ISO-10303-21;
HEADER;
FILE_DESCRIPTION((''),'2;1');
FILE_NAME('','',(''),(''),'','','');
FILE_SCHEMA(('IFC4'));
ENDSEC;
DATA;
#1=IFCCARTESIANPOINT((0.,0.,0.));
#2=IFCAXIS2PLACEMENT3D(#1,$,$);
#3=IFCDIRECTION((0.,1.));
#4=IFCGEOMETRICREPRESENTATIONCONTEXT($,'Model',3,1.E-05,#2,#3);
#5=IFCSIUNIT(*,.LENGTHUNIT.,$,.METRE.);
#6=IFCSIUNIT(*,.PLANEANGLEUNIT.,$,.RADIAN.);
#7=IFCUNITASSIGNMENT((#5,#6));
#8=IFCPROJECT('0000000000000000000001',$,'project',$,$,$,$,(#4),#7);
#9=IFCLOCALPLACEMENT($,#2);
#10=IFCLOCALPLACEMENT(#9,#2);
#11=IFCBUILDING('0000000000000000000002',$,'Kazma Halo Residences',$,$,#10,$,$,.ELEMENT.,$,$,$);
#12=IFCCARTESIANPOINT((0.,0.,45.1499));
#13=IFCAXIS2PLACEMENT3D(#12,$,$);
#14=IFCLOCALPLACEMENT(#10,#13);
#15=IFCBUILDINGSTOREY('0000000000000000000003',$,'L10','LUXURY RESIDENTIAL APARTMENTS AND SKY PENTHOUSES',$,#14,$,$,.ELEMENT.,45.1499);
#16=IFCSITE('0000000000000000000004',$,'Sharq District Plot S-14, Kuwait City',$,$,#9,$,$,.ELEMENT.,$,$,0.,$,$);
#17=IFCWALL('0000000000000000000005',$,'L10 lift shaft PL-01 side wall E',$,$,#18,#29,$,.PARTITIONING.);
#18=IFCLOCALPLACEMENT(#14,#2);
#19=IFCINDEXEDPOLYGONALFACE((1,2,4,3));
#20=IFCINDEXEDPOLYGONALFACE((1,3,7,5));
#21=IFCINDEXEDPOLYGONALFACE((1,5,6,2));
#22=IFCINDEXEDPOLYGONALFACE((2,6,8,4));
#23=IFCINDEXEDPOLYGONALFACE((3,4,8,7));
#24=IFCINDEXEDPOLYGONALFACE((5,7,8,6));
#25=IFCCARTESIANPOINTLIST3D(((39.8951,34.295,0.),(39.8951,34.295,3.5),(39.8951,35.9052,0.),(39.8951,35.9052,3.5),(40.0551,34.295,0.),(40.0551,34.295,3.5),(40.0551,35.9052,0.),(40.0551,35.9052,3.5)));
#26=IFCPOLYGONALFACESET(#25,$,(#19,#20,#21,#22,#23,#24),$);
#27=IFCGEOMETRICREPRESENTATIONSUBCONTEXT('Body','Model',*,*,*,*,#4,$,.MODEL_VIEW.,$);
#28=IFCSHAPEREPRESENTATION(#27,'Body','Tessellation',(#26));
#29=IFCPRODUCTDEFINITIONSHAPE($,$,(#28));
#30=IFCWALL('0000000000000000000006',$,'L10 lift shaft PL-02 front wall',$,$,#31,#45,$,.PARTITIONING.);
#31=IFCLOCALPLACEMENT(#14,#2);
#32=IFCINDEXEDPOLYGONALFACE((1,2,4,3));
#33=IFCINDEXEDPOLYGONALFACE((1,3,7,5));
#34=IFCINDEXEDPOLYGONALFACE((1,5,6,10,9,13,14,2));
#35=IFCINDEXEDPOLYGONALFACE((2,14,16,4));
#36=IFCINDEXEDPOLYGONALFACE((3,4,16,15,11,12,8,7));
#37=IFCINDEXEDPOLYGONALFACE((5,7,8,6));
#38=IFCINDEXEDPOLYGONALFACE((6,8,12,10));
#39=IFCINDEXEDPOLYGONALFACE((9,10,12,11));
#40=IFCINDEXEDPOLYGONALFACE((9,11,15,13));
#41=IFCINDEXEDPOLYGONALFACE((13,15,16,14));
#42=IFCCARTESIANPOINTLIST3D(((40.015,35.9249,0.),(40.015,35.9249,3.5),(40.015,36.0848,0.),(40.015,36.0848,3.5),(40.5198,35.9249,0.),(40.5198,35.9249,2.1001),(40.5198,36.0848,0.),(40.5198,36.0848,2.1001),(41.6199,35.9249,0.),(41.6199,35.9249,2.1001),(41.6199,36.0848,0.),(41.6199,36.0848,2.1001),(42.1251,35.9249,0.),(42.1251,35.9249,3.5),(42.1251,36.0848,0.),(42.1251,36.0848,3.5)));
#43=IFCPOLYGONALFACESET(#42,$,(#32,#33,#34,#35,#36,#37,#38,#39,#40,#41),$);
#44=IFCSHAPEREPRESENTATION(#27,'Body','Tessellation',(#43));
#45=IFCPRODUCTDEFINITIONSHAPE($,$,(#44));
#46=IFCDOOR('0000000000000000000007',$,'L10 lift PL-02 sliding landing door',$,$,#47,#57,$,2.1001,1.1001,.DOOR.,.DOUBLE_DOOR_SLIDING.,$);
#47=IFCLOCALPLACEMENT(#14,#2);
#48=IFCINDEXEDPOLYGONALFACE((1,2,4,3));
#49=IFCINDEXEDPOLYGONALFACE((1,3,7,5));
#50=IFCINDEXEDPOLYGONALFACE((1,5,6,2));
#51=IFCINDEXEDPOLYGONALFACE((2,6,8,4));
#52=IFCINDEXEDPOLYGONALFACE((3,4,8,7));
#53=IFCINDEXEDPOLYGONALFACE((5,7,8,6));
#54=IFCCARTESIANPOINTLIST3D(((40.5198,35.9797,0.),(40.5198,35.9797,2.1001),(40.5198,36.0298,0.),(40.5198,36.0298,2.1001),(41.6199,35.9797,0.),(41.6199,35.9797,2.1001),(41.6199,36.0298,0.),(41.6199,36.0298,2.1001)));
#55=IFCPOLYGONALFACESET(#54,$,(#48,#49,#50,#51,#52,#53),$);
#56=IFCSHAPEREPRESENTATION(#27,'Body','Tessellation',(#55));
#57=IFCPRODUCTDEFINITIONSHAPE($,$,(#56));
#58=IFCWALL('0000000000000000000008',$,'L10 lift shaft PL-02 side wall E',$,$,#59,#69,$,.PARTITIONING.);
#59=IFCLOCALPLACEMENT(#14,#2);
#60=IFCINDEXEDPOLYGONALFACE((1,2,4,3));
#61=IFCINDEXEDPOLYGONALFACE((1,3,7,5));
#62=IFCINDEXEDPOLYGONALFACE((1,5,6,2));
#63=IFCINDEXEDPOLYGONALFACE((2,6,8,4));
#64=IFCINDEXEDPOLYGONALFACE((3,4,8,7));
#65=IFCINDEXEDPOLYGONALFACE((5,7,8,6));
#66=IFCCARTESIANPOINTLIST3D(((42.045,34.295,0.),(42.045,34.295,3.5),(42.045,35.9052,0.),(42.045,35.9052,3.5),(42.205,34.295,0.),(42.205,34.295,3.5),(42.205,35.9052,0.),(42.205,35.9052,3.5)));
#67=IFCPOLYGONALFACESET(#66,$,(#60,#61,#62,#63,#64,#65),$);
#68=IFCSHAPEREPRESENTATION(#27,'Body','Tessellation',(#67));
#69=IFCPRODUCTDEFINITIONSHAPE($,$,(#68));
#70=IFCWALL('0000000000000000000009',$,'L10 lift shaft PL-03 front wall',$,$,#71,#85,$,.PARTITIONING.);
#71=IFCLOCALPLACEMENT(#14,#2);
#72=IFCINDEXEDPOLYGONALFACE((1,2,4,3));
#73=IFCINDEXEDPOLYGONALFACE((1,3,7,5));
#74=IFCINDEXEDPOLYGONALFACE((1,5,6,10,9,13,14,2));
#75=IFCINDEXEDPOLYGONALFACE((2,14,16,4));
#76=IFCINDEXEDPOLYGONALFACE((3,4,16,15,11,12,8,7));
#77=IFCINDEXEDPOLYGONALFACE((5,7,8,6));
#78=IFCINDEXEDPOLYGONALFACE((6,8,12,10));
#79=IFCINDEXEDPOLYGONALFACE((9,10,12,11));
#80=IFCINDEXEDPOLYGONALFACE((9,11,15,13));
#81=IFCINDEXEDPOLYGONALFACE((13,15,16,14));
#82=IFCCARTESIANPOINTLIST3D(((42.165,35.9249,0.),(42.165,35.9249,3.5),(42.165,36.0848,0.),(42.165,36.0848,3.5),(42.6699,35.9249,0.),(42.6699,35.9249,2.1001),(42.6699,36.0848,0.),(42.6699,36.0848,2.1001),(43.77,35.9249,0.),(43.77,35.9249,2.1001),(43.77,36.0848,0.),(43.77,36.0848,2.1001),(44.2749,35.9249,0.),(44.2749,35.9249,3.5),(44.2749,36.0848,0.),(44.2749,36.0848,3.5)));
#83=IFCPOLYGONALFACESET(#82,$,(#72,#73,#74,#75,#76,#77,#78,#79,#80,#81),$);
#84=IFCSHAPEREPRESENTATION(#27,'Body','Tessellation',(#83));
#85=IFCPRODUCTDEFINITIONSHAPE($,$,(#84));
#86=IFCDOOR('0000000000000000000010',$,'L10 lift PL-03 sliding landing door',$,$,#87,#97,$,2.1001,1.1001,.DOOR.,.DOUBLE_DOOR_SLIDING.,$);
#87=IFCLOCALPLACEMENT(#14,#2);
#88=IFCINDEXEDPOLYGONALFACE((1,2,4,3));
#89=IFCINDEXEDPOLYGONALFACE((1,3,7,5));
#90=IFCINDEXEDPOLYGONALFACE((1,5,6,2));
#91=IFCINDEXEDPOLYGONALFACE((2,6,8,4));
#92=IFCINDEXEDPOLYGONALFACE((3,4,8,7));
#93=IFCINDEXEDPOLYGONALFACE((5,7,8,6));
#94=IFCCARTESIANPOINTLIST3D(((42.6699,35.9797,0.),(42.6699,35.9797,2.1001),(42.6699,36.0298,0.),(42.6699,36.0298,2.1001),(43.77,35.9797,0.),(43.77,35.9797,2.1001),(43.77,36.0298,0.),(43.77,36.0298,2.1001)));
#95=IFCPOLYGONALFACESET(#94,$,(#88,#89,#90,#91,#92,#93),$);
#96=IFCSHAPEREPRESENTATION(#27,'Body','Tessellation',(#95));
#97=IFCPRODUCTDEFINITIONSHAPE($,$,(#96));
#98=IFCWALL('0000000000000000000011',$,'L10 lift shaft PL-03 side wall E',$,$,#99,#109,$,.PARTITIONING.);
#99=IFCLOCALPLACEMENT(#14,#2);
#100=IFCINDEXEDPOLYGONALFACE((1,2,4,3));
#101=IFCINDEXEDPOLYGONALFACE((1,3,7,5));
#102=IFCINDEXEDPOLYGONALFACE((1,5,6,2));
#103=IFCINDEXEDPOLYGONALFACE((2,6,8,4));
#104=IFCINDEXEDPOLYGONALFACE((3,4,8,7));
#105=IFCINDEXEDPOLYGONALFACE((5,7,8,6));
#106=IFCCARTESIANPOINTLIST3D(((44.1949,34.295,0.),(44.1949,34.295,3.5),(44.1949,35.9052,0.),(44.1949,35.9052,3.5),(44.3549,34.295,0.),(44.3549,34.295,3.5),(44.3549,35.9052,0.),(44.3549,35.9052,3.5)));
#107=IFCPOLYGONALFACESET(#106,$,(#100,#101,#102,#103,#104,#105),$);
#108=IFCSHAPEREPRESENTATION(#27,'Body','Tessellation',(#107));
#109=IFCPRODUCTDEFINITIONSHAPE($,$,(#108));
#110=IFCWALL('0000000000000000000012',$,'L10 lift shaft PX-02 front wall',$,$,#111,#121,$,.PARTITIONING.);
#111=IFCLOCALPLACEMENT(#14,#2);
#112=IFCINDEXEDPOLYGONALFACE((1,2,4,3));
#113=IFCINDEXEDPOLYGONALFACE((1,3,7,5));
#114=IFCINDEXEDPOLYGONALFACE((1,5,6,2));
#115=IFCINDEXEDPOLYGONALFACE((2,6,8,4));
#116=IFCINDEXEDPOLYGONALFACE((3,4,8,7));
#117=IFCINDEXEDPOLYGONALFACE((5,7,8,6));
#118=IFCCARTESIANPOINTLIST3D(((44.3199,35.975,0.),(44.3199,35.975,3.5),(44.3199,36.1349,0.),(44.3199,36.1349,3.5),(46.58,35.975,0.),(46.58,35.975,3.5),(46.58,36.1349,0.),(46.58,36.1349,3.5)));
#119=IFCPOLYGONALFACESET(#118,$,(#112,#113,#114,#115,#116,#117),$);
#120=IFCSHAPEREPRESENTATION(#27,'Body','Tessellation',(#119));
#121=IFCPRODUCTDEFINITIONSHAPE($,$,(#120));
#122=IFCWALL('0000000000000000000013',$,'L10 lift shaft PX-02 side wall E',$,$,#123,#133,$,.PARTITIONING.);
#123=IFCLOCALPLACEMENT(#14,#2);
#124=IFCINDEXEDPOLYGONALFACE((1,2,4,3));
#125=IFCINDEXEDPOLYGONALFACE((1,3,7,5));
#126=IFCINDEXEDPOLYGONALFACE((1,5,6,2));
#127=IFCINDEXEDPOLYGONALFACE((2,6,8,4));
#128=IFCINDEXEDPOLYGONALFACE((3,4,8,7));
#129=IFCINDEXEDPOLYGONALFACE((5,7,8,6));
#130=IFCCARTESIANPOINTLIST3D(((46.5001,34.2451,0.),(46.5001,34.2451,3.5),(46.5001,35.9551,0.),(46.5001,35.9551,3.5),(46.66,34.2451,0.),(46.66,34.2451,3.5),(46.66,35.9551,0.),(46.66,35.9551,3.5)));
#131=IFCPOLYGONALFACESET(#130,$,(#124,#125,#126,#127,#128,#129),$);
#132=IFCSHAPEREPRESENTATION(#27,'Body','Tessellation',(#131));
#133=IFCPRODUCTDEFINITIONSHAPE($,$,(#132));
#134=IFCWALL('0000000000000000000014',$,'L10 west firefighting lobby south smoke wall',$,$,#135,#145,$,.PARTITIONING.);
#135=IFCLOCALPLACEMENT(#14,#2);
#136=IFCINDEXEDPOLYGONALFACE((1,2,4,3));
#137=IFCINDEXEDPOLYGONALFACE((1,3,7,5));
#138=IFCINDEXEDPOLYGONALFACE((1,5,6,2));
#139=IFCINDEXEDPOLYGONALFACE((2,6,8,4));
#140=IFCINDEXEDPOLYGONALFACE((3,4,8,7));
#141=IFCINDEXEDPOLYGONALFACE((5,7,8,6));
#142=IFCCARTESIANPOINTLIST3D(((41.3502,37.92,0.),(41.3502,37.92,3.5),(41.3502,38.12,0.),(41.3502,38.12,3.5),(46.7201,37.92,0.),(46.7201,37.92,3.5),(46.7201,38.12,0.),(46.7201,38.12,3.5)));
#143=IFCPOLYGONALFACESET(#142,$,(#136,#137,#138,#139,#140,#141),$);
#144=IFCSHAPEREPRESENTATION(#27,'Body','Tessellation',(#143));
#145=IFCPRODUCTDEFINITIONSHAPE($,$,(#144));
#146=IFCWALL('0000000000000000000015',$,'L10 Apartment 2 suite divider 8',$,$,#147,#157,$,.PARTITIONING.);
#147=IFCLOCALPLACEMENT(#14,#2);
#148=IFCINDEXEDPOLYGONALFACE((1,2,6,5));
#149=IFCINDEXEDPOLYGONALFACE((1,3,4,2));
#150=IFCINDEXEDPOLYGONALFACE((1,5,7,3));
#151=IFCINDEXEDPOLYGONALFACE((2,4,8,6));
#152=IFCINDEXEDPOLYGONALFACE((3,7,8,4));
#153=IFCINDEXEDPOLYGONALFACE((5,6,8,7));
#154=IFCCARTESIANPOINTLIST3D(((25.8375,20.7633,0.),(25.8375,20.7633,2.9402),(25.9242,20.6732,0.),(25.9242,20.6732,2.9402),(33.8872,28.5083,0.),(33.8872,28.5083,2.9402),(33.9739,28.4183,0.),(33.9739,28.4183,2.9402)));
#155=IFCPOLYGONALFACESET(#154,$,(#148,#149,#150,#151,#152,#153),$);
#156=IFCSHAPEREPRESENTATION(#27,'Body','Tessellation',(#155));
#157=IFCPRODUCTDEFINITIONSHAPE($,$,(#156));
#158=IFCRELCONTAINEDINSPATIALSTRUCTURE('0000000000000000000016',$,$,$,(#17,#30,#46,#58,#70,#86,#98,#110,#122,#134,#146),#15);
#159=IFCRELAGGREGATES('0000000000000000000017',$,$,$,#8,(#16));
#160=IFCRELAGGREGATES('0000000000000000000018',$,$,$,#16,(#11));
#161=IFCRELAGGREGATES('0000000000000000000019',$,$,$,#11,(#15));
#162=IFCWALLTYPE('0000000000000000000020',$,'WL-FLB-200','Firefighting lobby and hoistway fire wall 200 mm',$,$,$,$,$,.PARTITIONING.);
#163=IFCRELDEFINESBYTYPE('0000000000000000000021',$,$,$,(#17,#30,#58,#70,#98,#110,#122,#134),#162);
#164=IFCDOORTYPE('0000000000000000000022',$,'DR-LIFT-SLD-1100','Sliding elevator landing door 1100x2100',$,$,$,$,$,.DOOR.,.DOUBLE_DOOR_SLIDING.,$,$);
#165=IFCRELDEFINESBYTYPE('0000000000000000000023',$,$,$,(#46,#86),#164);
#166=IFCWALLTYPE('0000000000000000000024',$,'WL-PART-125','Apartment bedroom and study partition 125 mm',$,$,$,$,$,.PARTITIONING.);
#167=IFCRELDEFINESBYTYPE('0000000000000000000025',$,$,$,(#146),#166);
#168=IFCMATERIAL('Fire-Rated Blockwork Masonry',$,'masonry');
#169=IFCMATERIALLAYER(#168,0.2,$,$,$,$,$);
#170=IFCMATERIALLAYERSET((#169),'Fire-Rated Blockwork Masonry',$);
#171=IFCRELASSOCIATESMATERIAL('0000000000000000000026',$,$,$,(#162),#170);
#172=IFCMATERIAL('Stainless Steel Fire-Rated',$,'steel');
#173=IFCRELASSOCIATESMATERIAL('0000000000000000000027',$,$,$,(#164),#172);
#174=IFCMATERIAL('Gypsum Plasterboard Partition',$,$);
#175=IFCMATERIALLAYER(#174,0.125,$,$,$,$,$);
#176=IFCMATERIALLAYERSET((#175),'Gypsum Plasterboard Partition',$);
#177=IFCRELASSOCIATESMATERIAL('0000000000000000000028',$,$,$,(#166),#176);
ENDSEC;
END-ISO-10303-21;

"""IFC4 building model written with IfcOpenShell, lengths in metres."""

from ifc_helpers import new_model, si_unit, direction, frame, frame_2d, origin, place, context, subcontext, project, spatial, rectangle, extrude, material, layer, layer_set, type_object, element, fill, save


model = new_model("IFC4")

# Units and contexts
model_context = context("Model", 3, precision=1e-05, world=origin(), true_north=direction((0.0, 1.0)))
body_context = subcontext(model_context, "Body", "Model", "MODEL_VIEW")
ifc_project = project(units=[si_unit("LENGTHUNIT", "METRE"), si_unit("PLANEANGLEUNIT", "RADIAN")], contexts=[model_context])

# Site, building, storey
site_placement = place(None, origin())
site = spatial("IfcSite", under=ifc_project, at=site_placement, Name="Sharq District Plot S-14, Kuwait City", CompositionType="ELEMENT", RefElevation=0.0)
building_placement = place(site_placement, origin())
building = spatial("IfcBuilding", under=site, at=building_placement, Name="Kazma Halo Residences", CompositionType="ELEMENT")
storey_placement = place(building_placement, frame((0.0, 0.0, 45.1499)))
storey = spatial("IfcBuildingStorey", under=building, at=storey_placement, Name="L10", Description="LUXURY RESIDENTIAL APARTMENTS AND SKY PENTHOUSES", CompositionType="ELEMENT", Elevation=45.1499)

# Shared definitions
ifc_material_1 = material(Name="Fire-Rated Blockwork Masonry", Category="masonry")
ifc_layer_1 = layer(ifc_material_1, 0.2)
ifc_layer_set_1 = layer_set([ifc_layer_1], Name="Fire-Rated Blockwork Masonry")
wall_type_1 = type_object("IfcWallType", Name="WL-FLB-200", Description="Firefighting lobby and hoistway fire wall 200 mm", PredefinedType="PARTITIONING", material=ifc_layer_set_1)
ifc_material_2 = material(Name="Stainless Steel Fire-Rated", Category="steel")
door_type_1 = type_object("IfcDoorType", Name="DR-LIFT-SLD-1100", Description="Sliding elevator landing door 1100x2100", OperationType="DOUBLE_DOOR_SLIDING", PredefinedType="DOOR", material=ifc_material_2)

# Wall
wall_1_placement = place(storey_placement, frame((39.9751, 34.2949, 0.0), z_axis=(0.0, 0.0, 1.0), x_axis=(0.0, 1.0, 0.0)))
element("IfcWall", 1, at=wall_1_placement, inside=storey, type_object=wall_type_1, Name="L10 lift shaft PL-01 side wall E", PredefinedType="PARTITIONING", context=body_context, shape_type="SweptSolid", body=[
    extrude(rectangle(XDim=1.6101, YDim=0.1599, at=frame_2d((0.8052, 0.0))), origin(), (0.0, 0.0, 1.0), 3.5),
])

# Wall, opening, door
wall_2_placement = place(storey_placement, frame((40.0149, 36.0049, 0.0), z_axis=(0.0, 0.0, 1.0), x_axis=(1.0, 0.0, 0.0)))
wall_2 = element("IfcWall", 2, at=wall_2_placement, inside=storey, type_object=wall_type_1, Name="L10 lift shaft PL-02 front wall", PredefinedType="PARTITIONING", context=body_context, shape_type="SweptSolid", body=[
    extrude(rectangle(XDim=2.1101, YDim=0.1599, at=frame_2d((1.0552, 0.0))), origin(), (0.0, 0.0, 1.0), 3.5),
])
opening_1_placement = place(wall_2_placement, frame((0.5049, 0.0, 0.0)))
opening_1 = element("IfcOpeningElement", 3, at=opening_1_placement, cuts=wall_2, PredefinedType="OPENING", context=body_context, shape_type="SweptSolid", body=[
    extrude(rectangle(XDim=1.1001, YDim=2.1001, at=frame_2d((0.55, 1.05))), frame((0.0, 0.0898, 0.0), z_axis=(0.0, -1.0, 0.0), x_axis=(1.0, 0.0, 0.0)), (0.0, 0.0, 1.0), 0.1799),
])
door_1_placement = place(opening_1_placement, origin())
door_1 = element("IfcDoor", 4, at=door_1_placement, inside=storey, type_object=door_type_1, Name="L10 lift PL-02 sliding landing door", OperationType="DOUBLE_DOOR_SLIDING", OverallHeight=2.1001, OverallWidth=1.1001, PredefinedType="DOOR", context=body_context, shape_type="SweptSolid", body=[
    extrude(rectangle(XDim=1.1001, YDim=2.1001, at=frame_2d((0.55, 1.05))), frame((0.0, 0.0249, 0.0), z_axis=(0.0, -1.0, 0.0), x_axis=(1.0, 0.0, 0.0)), (0.0, 0.0, 1.0), 0.05),
])
fill(opening_1, door_1)

# Wall
wall_3_placement = place(storey_placement, frame((42.125, 34.2949, 0.0), z_axis=(0.0, 0.0, 1.0), x_axis=(0.0, 1.0, 0.0)))
element("IfcWall", 5, at=wall_3_placement, inside=storey, type_object=wall_type_1, Name="L10 lift shaft PL-02 side wall E", PredefinedType="PARTITIONING", context=body_context, shape_type="SweptSolid", body=[
    extrude(rectangle(XDim=1.6101, YDim=0.1599, at=frame_2d((0.8052, 0.0))), origin(), (0.0, 0.0, 1.0), 3.5),
])

# Wall, opening, door
wall_4_placement = place(storey_placement, frame((42.165, 36.0049, 0.0), z_axis=(0.0, 0.0, 1.0), x_axis=(1.0, 0.0, 0.0)))
wall_4 = element("IfcWall", 6, at=wall_4_placement, inside=storey, type_object=wall_type_1, Name="L10 lift shaft PL-03 front wall", PredefinedType="PARTITIONING", context=body_context, shape_type="SweptSolid", body=[
    extrude(rectangle(XDim=2.1099, YDim=0.1599, at=frame_2d((1.0549, 0.0))), origin(), (0.0, 0.0, 1.0), 3.5),
])
opening_2_placement = place(wall_4_placement, frame((0.5049, 0.0, 0.0)))
opening_2 = element("IfcOpeningElement", 7, at=opening_2_placement, cuts=wall_4, PredefinedType="OPENING", context=body_context, shape_type="SweptSolid", body=[
    extrude(rectangle(XDim=1.1001, YDim=2.1001, at=frame_2d((0.55, 1.05))), frame((0.0, 0.0898, 0.0), z_axis=(0.0, -1.0, 0.0), x_axis=(1.0, 0.0, 0.0)), (0.0, 0.0, 1.0), 0.1799),
])
door_2_placement = place(opening_2_placement, origin())
door_2 = element("IfcDoor", 8, at=door_2_placement, inside=storey, type_object=door_type_1, Name="L10 lift PL-03 sliding landing door", OperationType="DOUBLE_DOOR_SLIDING", OverallHeight=2.1001, OverallWidth=1.1001, PredefinedType="DOOR", context=body_context, shape_type="SweptSolid", body=[
    extrude(rectangle(XDim=1.1001, YDim=2.1001, at=frame_2d((0.55, 1.05))), frame((0.0, 0.0249, 0.0), z_axis=(0.0, -1.0, 0.0), x_axis=(1.0, 0.0, 0.0)), (0.0, 0.0, 1.0), 0.05),
])
fill(opening_2, door_2)

# Walls
wall_5_placement = place(storey_placement, frame((44.2749, 34.2949, 0.0), z_axis=(0.0, 0.0, 1.0), x_axis=(0.0, 1.0, 0.0)))
element("IfcWall", 9, at=wall_5_placement, inside=storey, type_object=wall_type_1, Name="L10 lift shaft PL-03 side wall E", PredefinedType="PARTITIONING", context=body_context, shape_type="SweptSolid", body=[
    extrude(rectangle(XDim=1.6101, YDim=0.1599, at=frame_2d((0.8052, 0.0))), origin(), (0.0, 0.0, 1.0), 3.5),
])
wall_6_placement = place(storey_placement, frame((44.3201, 36.0549, 0.0), z_axis=(0.0, 0.0, 1.0), x_axis=(1.0, 0.0, 0.0)))
element("IfcWall", 10, at=wall_6_placement, inside=storey, type_object=wall_type_1, Name="L10 lift shaft PX-02 front wall", PredefinedType="PARTITIONING", context=body_context, shape_type="SweptSolid", body=[
    extrude(rectangle(XDim=2.26, YDim=0.1599, at=frame_2d((1.1299, 0.0))), origin(), (0.0, 0.0, 1.0), 3.5),
])
wall_7_placement = place(storey_placement, frame((46.5801, 34.2451, 0.0), z_axis=(0.0, 0.0, 1.0), x_axis=(0.0, 1.0, 0.0)))
element("IfcWall", 11, at=wall_7_placement, inside=storey, type_object=wall_type_1, Name="L10 lift shaft PX-02 side wall E", PredefinedType="PARTITIONING", context=body_context, shape_type="SweptSolid", body=[
    extrude(rectangle(XDim=1.71, YDim=0.1599, at=frame_2d((0.855, 0.0))), origin(), (0.0, 0.0, 1.0), 3.5),
])
wall_8_placement = place(storey_placement, frame((41.3501, 38.02, 0.0), z_axis=(0.0, 0.0, 1.0), x_axis=(1.0, 0.0, 0.0)))
element("IfcWall", 12, at=wall_8_placement, inside=storey, type_object=wall_type_1, Name="L10 west firefighting lobby south smoke wall", PredefinedType="PARTITIONING", context=body_context, shape_type="SweptSolid", body=[
    extrude(rectangle(XDim=5.3699, YDim=0.2, at=frame_2d((2.6851, 0.0))), origin(), (0.0, 0.0, 1.0), 3.5),
])
ifc_material_3 = material(Name="Gypsum Plasterboard Partition")
ifc_layer_2 = layer(ifc_material_3, 0.125)
ifc_layer_set_2 = layer_set([ifc_layer_2], Name="Gypsum Plasterboard Partition")
wall_type_2 = type_object("IfcWallType", Name="WL-PART-125", Description="Apartment bedroom and study partition 125 mm", PredefinedType="PARTITIONING", material=ifc_layer_set_2)
wall_9_placement = place(storey_placement, frame((33.9307, 28.4634, 0.0), z_axis=(0.0, 0.0, 1.0), x_axis=(-0.720613, -0.693338, 0.0)))
element("IfcWall", 13, at=wall_9_placement, inside=storey, type_object=wall_type_2, Name="L10 Apartment 2 suite divider 8", PredefinedType="PARTITIONING", context=body_context, shape_type="SweptSolid", body=[
    extrude(rectangle(XDim=11.1707, YDim=0.125, at=frame_2d((5.5854, 0.0))), origin(), (0.0, 0.0, 1.0), 2.9402),
])

save(model, "model.ifc")
